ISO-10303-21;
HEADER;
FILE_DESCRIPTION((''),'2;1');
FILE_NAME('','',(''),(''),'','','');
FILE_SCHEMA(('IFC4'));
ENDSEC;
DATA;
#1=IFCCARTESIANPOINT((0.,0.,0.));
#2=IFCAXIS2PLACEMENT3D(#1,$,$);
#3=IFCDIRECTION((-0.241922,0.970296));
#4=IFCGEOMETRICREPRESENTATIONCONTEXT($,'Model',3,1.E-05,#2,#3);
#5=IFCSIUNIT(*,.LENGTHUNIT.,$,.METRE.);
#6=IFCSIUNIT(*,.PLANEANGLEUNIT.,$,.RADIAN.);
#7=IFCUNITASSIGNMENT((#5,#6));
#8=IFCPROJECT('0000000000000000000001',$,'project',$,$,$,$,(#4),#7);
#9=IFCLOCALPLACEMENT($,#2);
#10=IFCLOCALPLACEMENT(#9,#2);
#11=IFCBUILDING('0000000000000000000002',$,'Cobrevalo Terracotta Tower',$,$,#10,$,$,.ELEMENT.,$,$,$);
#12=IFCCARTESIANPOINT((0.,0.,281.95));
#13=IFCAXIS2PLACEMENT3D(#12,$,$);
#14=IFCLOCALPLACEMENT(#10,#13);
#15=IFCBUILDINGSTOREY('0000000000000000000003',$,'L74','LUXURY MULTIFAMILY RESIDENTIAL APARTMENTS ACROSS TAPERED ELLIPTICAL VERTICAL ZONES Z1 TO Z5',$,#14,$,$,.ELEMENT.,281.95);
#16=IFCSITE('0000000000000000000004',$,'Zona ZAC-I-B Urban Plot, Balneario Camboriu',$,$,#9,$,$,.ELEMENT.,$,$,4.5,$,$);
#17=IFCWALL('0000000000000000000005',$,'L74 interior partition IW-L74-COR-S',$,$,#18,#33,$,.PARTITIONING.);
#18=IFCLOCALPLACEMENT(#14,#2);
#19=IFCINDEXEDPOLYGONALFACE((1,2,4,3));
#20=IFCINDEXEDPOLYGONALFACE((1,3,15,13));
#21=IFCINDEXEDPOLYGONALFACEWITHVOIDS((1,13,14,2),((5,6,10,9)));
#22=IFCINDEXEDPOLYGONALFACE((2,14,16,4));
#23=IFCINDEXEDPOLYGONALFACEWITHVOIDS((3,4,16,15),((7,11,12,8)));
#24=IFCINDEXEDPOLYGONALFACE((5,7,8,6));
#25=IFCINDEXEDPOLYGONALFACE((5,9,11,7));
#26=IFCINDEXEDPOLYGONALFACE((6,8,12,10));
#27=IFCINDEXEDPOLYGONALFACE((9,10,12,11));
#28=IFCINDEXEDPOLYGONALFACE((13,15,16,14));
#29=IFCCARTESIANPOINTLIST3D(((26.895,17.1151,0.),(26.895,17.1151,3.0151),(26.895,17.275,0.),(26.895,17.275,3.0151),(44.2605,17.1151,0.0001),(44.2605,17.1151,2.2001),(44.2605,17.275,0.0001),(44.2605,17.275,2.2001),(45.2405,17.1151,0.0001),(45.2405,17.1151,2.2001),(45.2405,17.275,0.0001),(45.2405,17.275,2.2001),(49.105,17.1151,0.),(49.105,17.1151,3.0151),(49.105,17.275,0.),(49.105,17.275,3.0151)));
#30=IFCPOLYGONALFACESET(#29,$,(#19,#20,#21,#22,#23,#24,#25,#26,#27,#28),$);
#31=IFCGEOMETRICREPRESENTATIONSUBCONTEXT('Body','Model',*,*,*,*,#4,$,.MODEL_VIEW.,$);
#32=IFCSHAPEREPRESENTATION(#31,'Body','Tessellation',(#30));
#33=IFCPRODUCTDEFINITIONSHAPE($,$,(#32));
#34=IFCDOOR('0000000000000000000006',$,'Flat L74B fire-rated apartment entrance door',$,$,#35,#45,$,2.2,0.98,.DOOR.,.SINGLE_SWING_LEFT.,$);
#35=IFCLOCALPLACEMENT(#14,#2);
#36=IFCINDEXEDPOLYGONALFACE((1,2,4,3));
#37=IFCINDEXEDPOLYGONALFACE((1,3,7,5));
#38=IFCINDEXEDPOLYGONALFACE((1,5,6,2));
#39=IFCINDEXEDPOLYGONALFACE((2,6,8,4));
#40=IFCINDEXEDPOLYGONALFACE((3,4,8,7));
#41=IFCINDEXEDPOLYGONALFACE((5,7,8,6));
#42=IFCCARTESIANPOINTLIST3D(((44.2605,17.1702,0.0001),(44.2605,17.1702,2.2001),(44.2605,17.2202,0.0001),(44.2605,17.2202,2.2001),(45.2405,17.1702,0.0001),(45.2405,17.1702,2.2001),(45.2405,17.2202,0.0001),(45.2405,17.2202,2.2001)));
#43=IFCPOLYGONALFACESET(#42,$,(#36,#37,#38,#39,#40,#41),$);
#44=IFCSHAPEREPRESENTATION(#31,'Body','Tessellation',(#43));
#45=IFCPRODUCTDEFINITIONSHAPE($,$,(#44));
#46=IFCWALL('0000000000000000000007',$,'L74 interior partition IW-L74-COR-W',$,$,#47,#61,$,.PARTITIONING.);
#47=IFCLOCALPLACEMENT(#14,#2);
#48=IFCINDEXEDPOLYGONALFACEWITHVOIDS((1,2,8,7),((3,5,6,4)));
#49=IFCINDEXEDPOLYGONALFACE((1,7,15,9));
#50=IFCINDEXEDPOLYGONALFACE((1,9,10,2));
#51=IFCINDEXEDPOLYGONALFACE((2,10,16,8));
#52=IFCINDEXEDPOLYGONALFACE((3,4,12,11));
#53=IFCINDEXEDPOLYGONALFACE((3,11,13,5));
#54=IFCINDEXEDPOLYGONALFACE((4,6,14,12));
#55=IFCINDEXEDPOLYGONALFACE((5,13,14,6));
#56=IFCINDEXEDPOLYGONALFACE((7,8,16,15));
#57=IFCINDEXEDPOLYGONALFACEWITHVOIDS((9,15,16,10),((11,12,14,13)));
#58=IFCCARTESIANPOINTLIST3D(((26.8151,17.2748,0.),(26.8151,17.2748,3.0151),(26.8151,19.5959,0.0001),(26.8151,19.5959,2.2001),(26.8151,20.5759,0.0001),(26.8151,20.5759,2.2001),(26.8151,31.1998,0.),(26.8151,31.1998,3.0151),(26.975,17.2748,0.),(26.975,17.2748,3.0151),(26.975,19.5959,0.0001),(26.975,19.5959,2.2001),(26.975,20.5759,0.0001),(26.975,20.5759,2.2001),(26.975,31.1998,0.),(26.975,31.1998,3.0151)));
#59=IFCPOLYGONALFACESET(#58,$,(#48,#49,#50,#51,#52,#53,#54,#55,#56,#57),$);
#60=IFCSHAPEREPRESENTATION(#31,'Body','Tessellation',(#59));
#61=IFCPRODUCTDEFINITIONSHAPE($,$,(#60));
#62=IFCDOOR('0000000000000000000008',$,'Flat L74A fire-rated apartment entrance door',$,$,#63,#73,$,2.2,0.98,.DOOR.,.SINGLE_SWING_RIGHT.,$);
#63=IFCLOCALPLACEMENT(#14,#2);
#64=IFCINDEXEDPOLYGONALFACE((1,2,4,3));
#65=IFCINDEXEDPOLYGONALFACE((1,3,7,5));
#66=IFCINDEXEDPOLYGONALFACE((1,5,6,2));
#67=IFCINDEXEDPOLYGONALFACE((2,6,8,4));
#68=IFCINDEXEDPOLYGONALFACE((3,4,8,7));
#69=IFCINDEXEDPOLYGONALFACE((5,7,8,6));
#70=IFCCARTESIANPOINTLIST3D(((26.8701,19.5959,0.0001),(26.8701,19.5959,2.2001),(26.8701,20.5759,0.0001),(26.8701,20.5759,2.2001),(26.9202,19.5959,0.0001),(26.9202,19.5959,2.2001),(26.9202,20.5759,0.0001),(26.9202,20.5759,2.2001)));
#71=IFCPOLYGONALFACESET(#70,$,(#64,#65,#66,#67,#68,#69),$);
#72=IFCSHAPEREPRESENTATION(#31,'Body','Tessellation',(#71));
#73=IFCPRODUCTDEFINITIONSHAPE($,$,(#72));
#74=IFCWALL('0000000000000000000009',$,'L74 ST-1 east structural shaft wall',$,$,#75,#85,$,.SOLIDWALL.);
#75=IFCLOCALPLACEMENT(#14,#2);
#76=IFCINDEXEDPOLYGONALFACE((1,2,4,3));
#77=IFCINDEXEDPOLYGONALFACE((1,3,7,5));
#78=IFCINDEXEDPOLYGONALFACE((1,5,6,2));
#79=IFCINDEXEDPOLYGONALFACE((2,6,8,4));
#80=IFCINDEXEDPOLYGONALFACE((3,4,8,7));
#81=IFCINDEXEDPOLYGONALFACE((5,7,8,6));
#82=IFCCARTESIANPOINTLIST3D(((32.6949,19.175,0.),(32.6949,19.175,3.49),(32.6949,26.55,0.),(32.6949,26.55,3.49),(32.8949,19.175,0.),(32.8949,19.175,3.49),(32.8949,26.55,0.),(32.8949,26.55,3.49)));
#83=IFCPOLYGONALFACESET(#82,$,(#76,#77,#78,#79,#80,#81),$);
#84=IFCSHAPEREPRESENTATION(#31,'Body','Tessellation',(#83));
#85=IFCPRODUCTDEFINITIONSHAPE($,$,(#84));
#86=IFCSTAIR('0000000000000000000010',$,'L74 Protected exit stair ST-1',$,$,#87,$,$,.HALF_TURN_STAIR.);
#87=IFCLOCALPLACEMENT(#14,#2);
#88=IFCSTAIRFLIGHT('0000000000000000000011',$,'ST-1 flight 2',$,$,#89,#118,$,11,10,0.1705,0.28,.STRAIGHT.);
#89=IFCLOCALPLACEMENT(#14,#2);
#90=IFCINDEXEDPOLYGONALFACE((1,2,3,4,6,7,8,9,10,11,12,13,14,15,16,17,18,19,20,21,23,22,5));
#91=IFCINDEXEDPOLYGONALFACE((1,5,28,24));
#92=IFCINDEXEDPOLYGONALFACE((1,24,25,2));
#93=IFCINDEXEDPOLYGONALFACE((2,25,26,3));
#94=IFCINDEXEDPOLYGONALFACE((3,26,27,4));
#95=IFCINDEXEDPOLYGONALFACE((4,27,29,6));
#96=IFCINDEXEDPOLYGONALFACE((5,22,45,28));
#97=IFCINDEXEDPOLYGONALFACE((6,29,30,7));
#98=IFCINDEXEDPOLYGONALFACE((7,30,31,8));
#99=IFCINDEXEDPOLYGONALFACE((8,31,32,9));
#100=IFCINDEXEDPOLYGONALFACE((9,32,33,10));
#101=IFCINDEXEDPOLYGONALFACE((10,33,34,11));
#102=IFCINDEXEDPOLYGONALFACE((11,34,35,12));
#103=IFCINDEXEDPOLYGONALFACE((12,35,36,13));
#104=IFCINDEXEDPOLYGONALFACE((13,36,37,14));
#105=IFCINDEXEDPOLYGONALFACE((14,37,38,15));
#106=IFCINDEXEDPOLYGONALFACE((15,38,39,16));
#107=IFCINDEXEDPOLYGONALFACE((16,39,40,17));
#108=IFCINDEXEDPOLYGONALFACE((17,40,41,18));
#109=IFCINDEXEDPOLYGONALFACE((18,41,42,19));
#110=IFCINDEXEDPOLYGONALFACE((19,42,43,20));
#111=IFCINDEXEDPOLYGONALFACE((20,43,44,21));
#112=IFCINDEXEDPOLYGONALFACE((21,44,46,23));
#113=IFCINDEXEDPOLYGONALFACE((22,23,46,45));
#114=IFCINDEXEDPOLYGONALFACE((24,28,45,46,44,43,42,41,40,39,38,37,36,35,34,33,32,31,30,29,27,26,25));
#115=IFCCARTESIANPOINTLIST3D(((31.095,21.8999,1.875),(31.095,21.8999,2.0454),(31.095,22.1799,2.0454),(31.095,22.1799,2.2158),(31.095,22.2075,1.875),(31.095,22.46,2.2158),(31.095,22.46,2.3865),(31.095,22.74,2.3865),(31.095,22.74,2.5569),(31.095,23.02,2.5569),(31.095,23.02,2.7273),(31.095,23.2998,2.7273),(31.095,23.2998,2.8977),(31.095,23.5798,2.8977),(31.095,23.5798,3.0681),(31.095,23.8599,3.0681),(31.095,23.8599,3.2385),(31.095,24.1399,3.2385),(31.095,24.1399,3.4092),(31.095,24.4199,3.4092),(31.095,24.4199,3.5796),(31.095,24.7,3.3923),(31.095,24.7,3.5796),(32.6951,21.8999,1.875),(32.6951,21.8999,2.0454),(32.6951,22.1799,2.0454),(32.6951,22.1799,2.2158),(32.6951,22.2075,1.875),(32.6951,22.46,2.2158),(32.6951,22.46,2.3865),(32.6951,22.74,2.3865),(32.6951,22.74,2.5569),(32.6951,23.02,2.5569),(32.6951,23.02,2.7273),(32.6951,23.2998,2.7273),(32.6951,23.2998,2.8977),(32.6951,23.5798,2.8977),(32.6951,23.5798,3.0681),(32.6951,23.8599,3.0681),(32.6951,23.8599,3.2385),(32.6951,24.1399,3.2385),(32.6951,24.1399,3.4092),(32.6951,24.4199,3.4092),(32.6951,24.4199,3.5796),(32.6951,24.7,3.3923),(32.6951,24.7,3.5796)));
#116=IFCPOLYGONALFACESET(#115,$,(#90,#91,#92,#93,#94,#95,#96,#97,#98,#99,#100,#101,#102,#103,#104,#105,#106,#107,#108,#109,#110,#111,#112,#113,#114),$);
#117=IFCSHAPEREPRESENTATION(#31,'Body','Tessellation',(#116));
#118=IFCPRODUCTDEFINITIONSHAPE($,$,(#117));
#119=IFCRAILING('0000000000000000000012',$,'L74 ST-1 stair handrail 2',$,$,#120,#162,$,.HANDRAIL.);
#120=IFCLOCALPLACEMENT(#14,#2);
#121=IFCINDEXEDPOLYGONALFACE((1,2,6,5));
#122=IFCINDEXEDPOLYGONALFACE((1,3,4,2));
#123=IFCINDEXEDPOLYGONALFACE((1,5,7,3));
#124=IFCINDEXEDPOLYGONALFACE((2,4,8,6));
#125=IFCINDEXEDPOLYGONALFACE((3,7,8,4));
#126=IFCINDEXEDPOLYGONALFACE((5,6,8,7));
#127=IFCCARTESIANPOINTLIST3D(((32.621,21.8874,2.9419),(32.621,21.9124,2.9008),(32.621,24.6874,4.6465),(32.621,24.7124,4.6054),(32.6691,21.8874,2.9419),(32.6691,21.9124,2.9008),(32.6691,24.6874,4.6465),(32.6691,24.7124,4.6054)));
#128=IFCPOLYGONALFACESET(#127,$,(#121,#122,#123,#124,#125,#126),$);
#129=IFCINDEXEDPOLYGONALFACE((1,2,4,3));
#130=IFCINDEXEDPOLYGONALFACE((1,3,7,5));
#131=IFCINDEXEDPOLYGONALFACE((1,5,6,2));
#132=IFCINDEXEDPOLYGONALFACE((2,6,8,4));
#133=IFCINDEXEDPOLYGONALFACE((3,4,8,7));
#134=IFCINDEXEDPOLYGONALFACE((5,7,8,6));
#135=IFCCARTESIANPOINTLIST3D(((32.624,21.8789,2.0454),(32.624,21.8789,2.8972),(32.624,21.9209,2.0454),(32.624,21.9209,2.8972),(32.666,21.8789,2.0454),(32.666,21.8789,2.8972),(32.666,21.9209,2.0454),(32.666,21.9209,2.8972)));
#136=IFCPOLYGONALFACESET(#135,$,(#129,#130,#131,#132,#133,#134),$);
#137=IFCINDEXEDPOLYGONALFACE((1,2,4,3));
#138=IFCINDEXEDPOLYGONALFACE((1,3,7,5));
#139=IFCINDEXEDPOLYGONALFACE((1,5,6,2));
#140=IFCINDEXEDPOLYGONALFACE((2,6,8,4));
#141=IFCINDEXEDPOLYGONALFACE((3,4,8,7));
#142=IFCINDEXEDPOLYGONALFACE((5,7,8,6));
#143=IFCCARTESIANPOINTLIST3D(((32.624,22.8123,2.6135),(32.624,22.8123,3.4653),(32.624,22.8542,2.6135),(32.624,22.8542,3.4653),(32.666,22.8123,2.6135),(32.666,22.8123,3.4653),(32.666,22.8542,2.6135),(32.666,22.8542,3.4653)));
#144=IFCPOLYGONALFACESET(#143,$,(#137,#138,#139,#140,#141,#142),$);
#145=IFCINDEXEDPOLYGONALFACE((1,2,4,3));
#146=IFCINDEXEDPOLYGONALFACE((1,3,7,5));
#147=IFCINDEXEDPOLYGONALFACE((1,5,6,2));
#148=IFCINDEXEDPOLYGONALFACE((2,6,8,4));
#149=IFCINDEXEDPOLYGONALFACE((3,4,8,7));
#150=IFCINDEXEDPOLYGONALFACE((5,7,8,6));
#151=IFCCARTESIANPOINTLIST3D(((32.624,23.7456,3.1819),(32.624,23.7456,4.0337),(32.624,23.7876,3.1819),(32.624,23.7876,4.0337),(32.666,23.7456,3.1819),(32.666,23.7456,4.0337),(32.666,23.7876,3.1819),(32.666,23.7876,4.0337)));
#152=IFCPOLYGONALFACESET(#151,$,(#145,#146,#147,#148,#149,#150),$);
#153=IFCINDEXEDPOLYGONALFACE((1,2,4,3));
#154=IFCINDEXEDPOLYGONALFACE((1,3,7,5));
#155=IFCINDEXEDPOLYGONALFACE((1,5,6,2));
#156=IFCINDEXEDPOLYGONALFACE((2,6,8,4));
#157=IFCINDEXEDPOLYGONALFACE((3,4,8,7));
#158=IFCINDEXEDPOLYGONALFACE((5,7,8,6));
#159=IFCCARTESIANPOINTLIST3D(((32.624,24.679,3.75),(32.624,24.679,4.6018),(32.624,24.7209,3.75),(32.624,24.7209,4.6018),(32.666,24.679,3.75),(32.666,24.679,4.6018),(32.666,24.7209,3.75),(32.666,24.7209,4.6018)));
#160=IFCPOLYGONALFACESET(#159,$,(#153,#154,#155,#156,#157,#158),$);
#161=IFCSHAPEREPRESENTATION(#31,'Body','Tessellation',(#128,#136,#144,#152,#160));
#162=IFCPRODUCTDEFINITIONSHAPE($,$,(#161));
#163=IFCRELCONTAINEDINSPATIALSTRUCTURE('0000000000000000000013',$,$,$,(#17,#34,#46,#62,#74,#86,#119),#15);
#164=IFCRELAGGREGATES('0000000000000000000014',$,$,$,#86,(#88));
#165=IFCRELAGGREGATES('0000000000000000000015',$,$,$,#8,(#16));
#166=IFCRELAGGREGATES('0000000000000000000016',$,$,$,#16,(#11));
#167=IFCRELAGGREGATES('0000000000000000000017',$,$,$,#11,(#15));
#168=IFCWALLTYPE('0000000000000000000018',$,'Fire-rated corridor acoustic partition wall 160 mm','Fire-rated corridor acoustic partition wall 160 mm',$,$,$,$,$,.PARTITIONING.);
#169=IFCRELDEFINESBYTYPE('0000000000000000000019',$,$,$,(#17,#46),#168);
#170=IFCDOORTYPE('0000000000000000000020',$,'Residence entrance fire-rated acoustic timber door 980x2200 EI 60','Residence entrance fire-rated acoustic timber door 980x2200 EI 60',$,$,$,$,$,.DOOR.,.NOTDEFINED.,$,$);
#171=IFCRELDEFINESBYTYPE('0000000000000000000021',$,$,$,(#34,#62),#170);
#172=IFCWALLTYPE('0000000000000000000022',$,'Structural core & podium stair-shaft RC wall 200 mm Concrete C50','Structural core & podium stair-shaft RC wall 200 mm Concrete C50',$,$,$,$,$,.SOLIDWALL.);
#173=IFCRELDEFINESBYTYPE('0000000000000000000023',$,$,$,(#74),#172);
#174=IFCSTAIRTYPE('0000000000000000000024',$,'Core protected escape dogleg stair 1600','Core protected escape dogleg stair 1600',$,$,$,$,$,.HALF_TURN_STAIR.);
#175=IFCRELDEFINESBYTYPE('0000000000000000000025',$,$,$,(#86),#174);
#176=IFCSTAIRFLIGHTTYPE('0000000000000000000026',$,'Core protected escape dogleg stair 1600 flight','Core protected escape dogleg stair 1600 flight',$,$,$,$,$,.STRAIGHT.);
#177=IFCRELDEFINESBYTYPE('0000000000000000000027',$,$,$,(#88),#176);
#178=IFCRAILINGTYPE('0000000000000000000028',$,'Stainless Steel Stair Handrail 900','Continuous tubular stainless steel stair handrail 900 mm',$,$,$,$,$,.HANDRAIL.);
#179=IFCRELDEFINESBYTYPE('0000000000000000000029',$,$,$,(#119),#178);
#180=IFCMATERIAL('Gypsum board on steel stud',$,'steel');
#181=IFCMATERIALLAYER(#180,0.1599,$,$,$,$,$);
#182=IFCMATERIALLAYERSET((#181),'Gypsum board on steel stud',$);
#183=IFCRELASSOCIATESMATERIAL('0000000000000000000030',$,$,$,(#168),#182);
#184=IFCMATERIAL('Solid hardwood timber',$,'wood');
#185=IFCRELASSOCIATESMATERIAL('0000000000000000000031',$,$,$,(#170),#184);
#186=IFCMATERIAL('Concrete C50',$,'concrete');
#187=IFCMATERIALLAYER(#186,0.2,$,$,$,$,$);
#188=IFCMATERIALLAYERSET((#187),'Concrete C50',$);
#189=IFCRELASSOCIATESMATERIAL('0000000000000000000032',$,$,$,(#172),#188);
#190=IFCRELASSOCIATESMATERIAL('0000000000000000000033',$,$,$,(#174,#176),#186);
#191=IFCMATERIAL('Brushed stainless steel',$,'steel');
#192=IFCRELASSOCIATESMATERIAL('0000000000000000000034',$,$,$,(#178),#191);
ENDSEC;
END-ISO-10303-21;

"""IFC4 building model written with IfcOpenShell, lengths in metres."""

from ifc_helpers import new_model, si_unit, direction, frame, frame_2d, origin, origin_2d, place, context, subcontext, project, spatial, polyline, rectangle, outline, extrude, source, transform, mapped, material, layer, layer_set, type_object, element, fill, aggregate, save


model = new_model("IFC4")

# Units and contexts
model_context = context("Model", 3, precision=1e-05, world=origin(), true_north=direction((-0.241922, 0.970296)))
body_context = subcontext(model_context, "Body", "Model", "MODEL_VIEW")
ifc_project = project(units=[si_unit("LENGTHUNIT", "METRE"), si_unit("PLANEANGLEUNIT", "RADIAN")], contexts=[model_context])

# Site, building, storey
site_placement = place(None, origin())
site = spatial("IfcSite", under=ifc_project, at=site_placement, Name="Zona ZAC-I-B Urban Plot, Balneario Camboriu", CompositionType="ELEMENT", RefElevation=4.5)
building_placement = place(site_placement, origin())
building = spatial("IfcBuilding", under=site, at=building_placement, Name="Cobrevalo Terracotta Tower", CompositionType="ELEMENT")
storey_placement = place(building_placement, frame((0.0, 0.0, 281.95)))
storey = spatial("IfcBuildingStorey", under=building, at=storey_placement, Name="L74", Description="LUXURY MULTIFAMILY RESIDENTIAL APARTMENTS ACROSS TAPERED ELLIPTICAL VERTICAL ZONES Z1 TO Z5", CompositionType="ELEMENT", Elevation=281.95)

# Shared definitions
ifc_material_1 = material(Name="Concrete C50", Category="concrete")

# Walls, openings, doors
ifc_material_2 = material(Name="Gypsum board on steel stud", Category="steel")
ifc_layer_1 = layer(ifc_material_2, 0.1599)
ifc_layer_set_1 = layer_set([ifc_layer_1], Name="Gypsum board on steel stud")
wall_type_1 = type_object("IfcWallType", Name="Fire-rated corridor acoustic partition wall 160 mm", Description="Fire-rated corridor acoustic partition wall 160 mm", PredefinedType="PARTITIONING", material=ifc_layer_set_1)
wall_1_placement = place(storey_placement, frame((26.895, 17.1951, 0.0), z_axis=(0.0, 0.0, 1.0), x_axis=(1.0, 0.0, 0.0)))
wall_1 = element("IfcWall", 1, at=wall_1_placement, inside=storey, type_object=wall_type_1, Name="L74 interior partition IW-L74-COR-S", PredefinedType="PARTITIONING", context=body_context, shape_type="SweptSolid", body=[
    extrude(rectangle(XDim=22.21, YDim=0.1599, at=frame_2d((11.105, 0.0))), origin(), (0.0, 0.0, 1.0), 3.0151),
])
opening_1_placement = place(wall_1_placement, frame((17.3655, 0.0, 0.0)))
opening_1 = element("IfcOpeningElement", 2, at=opening_1_placement, cuts=wall_1, PredefinedType="OPENING", context=body_context, shape_type="SweptSolid", body=[
    extrude(rectangle(XDim=0.98, YDim=2.2, at=frame_2d((0.49, 1.1001))), frame((0.0, 0.0898, 0.0), z_axis=(0.0, -1.0, 0.0), x_axis=(1.0, 0.0, 0.0)), (0.0, 0.0, 1.0), 0.1799),
])
ifc_material_3 = material(Name="Solid hardwood timber", Category="wood")
door_type_1 = type_object("IfcDoorType", Name="Residence entrance fire-rated acoustic timber door 980x2200 EI 60", Description="Residence entrance fire-rated acoustic timber door 980x2200 EI 60", OperationType="NOTDEFINED", PredefinedType="DOOR", material=ifc_material_3)
shared_shape_1 = source(origin(), body_context, "Body", "SweptSolid", [
    extrude(rectangle(XDim=0.98, YDim=2.2, at=frame_2d((0.49, 1.1001))), frame((0.0, 0.0249, 0.0), z_axis=(0.0, -1.0, 0.0), x_axis=(1.0, 0.0, 0.0)), (0.0, 0.0, 1.0), 0.05),
])
door_1_placement = place(opening_1_placement, frame((0.98, 0.0, 0.0), z_axis=(0.0, 0.0, 1.0), x_axis=(-1.0, 0.0, 0.0)))
door_1 = element("IfcDoor", 3, at=door_1_placement, inside=storey, type_object=door_type_1, Name="Flat L74B fire-rated apartment entrance door", OperationType="SINGLE_SWING_LEFT", OverallHeight=2.2, OverallWidth=0.98, PredefinedType="DOOR", context=body_context, shape_type="MappedRepresentation", body=[
    mapped(shared_shape_1, transform((0.0, 0.0, 0.0), scale=1.0)),
])
fill(opening_1, door_1)
wall_2_placement = place(storey_placement, frame((26.895, 17.2749, 0.0), z_axis=(0.0, 0.0, 1.0), x_axis=(0.0, 1.0, 0.0)))
wall_2 = element("IfcWall", 4, at=wall_2_placement, inside=storey, type_object=wall_type_1, Name="L74 interior partition IW-L74-COR-W", PredefinedType="PARTITIONING", context=body_context, shape_type="SweptSolid", body=[
    extrude(rectangle(XDim=13.925, YDim=0.1599, at=frame_2d((6.9624, 0.0))), origin(), (0.0, 0.0, 1.0), 3.0151),
])
opening_2_placement = place(wall_2_placement, frame((2.321, 0.0, 0.0)))
opening_2 = element("IfcOpeningElement", 5, at=opening_2_placement, cuts=wall_2, PredefinedType="OPENING", context=body_context, shape_type="SweptSolid", body=[
    extrude(rectangle(XDim=0.98, YDim=2.2, at=frame_2d((0.49, 1.1001))), frame((0.0, 0.0898, 0.0), z_axis=(0.0, -1.0, 0.0), x_axis=(1.0, 0.0, 0.0)), (0.0, 0.0, 1.0), 0.1799),
])
door_2_placement = place(opening_2_placement, origin())
door_2 = element("IfcDoor", 6, at=door_2_placement, inside=storey, type_object=door_type_1, Name="Flat L74A fire-rated apartment entrance door", OperationType="SINGLE_SWING_RIGHT", OverallHeight=2.2, OverallWidth=0.98, PredefinedType="DOOR", context=body_context, shape_type="MappedRepresentation", body=[
    mapped(shared_shape_1, transform((0.0, 0.0, 0.0), scale=1.0)),
])
fill(opening_2, door_2)

# Wall
ifc_layer_2 = layer(ifc_material_1, 0.2)
ifc_layer_set_2 = layer_set([ifc_layer_2], Name="Concrete C50")
wall_type_2 = type_object("IfcWallType", Name="Structural core & podium stair-shaft RC wall 200 mm Concrete C50", Description="Structural core & podium stair-shaft RC wall 200 mm Concrete C50", PredefinedType="SOLIDWALL", material=ifc_layer_set_2)
wall_3_placement = place(storey_placement, frame((32.7949, 19.175, 0.0), z_axis=(0.0, 0.0, 1.0), x_axis=(0.0, 1.0, 0.0)))
element("IfcWall", 7, at=wall_3_placement, inside=storey, type_object=wall_type_2, Name="L74 ST-1 east structural shaft wall", PredefinedType="SOLIDWALL", context=body_context, shape_type="SweptSolid", body=[
    extrude(rectangle(XDim=7.375, YDim=0.2, at=frame_2d((3.6875, 0.0))), origin(), (0.0, 0.0, 1.0), 3.49),
])

# Stair, stair flight
stair_type = type_object("IfcStairType", Name="Core protected escape dogleg stair 1600", Description="Core protected escape dogleg stair 1600", PredefinedType="HALF_TURN_STAIR", material=ifc_material_1)
stair_placement = place(storey_placement, origin())
stair = element("IfcStair", 8, at=stair_placement, inside=storey, type_object=stair_type, Name="L74 Protected exit stair ST-1", PredefinedType="HALF_TURN_STAIR")
stair_flight_type = type_object("IfcStairFlightType", Name="Core protected escape dogleg stair 1600 flight", Description="Core protected escape dogleg stair 1600 flight", PredefinedType="STRAIGHT", material=ifc_material_1)
stair_flight_placement = place(storey_placement, frame((31.895, 21.8999, 1.875), z_axis=(0.0, 0.0, 1.0), x_axis=(0.0, 1.0, 0.0)))
stair_flight = element("IfcStairFlight", 9, at=stair_flight_placement, type_object=stair_flight_type, Name="ST-1 flight 2", NumberOfRisers=11, NumberOfTreads=10, PredefinedType="STRAIGHT", RiserHeight=0.1705, TreadLength=0.28, context=body_context, shape_type="SweptSolid", body=[
    extrude(outline(polyline([(0.0, 0.0), (0.0, 0.1704), (0.28, 0.1704), (0.28, 0.3408), (0.5601, 0.3408), (0.5601, 0.5115), (0.8401, 0.5115), (0.8401, 0.6819), (1.1201, 0.6819), (1.1201, 0.8523), (1.3999, 0.8523), (1.3999, 1.0227), (1.6799, 1.0227), (1.6799, 1.1931), (1.96, 1.1931), (1.96, 1.3635), (2.24, 1.3635), (2.24, 1.5342), (2.52, 1.5342), (2.52, 1.7046), (2.8, 1.7046), (2.8, 1.875), (2.8, 1.5173), (0.3076, 0.0), (0.0, 0.0)])), frame((0.0, 0.8, 0.0), z_axis=(0.0, -1.0, 0.0), x_axis=(1.0, 0.0, 0.0)), (0.0, 0.0, 1.0), 1.6001),
])
aggregate(stair, [stair_flight])

# Railing
ifc_material_4 = material(Name="Brushed stainless steel", Category="steel")
railing_type_1 = type_object("IfcRailingType", Name="Stainless Steel Stair Handrail 900", Description="Continuous tubular stainless steel stair handrail 900 mm", PredefinedType="HANDRAIL", material=ifc_material_4)
railing_1_placement = place(storey_placement, frame((32.645, 21.8999, 2.0454)))
element("IfcRailing", 10, at=railing_1_placement, inside=storey, type_object=railing_type_1, Name="L74 ST-1 stair handrail 2", PredefinedType="HANDRAIL", context=body_context, shape_type="SweptSolid", body=[
    extrude(rectangle(XDim=0.0481, YDim=0.0481, at=origin_2d()), frame((0.0, 0.0, 0.876), z_axis=(0.0, 0.85417, 0.519994), x_axis=(-1.0, 0.0, 0.0)), (0.0, 0.0, 1.0), 3.2781),
    extrude(rectangle(XDim=0.042, YDim=0.042, at=origin_2d()), origin(), (0.0, 0.0, 1.0), 0.8518),
    extrude(rectangle(XDim=0.042, YDim=0.042, at=origin_2d()), frame((0.0, 0.9333, 0.5681)), (0.0, 0.0, 1.0), 0.8518),
    extrude(rectangle(XDim=0.042, YDim=0.042, at=origin_2d()), frame((0.0, 1.8667, 1.1365)), (0.0, 0.0, 1.0), 0.8518),
    extrude(rectangle(XDim=0.042, YDim=0.042, at=origin_2d()), frame((0.0, 2.8, 1.7046)), (0.0, 0.0, 1.0), 0.8518),
])

save(model, "model.ifc")
